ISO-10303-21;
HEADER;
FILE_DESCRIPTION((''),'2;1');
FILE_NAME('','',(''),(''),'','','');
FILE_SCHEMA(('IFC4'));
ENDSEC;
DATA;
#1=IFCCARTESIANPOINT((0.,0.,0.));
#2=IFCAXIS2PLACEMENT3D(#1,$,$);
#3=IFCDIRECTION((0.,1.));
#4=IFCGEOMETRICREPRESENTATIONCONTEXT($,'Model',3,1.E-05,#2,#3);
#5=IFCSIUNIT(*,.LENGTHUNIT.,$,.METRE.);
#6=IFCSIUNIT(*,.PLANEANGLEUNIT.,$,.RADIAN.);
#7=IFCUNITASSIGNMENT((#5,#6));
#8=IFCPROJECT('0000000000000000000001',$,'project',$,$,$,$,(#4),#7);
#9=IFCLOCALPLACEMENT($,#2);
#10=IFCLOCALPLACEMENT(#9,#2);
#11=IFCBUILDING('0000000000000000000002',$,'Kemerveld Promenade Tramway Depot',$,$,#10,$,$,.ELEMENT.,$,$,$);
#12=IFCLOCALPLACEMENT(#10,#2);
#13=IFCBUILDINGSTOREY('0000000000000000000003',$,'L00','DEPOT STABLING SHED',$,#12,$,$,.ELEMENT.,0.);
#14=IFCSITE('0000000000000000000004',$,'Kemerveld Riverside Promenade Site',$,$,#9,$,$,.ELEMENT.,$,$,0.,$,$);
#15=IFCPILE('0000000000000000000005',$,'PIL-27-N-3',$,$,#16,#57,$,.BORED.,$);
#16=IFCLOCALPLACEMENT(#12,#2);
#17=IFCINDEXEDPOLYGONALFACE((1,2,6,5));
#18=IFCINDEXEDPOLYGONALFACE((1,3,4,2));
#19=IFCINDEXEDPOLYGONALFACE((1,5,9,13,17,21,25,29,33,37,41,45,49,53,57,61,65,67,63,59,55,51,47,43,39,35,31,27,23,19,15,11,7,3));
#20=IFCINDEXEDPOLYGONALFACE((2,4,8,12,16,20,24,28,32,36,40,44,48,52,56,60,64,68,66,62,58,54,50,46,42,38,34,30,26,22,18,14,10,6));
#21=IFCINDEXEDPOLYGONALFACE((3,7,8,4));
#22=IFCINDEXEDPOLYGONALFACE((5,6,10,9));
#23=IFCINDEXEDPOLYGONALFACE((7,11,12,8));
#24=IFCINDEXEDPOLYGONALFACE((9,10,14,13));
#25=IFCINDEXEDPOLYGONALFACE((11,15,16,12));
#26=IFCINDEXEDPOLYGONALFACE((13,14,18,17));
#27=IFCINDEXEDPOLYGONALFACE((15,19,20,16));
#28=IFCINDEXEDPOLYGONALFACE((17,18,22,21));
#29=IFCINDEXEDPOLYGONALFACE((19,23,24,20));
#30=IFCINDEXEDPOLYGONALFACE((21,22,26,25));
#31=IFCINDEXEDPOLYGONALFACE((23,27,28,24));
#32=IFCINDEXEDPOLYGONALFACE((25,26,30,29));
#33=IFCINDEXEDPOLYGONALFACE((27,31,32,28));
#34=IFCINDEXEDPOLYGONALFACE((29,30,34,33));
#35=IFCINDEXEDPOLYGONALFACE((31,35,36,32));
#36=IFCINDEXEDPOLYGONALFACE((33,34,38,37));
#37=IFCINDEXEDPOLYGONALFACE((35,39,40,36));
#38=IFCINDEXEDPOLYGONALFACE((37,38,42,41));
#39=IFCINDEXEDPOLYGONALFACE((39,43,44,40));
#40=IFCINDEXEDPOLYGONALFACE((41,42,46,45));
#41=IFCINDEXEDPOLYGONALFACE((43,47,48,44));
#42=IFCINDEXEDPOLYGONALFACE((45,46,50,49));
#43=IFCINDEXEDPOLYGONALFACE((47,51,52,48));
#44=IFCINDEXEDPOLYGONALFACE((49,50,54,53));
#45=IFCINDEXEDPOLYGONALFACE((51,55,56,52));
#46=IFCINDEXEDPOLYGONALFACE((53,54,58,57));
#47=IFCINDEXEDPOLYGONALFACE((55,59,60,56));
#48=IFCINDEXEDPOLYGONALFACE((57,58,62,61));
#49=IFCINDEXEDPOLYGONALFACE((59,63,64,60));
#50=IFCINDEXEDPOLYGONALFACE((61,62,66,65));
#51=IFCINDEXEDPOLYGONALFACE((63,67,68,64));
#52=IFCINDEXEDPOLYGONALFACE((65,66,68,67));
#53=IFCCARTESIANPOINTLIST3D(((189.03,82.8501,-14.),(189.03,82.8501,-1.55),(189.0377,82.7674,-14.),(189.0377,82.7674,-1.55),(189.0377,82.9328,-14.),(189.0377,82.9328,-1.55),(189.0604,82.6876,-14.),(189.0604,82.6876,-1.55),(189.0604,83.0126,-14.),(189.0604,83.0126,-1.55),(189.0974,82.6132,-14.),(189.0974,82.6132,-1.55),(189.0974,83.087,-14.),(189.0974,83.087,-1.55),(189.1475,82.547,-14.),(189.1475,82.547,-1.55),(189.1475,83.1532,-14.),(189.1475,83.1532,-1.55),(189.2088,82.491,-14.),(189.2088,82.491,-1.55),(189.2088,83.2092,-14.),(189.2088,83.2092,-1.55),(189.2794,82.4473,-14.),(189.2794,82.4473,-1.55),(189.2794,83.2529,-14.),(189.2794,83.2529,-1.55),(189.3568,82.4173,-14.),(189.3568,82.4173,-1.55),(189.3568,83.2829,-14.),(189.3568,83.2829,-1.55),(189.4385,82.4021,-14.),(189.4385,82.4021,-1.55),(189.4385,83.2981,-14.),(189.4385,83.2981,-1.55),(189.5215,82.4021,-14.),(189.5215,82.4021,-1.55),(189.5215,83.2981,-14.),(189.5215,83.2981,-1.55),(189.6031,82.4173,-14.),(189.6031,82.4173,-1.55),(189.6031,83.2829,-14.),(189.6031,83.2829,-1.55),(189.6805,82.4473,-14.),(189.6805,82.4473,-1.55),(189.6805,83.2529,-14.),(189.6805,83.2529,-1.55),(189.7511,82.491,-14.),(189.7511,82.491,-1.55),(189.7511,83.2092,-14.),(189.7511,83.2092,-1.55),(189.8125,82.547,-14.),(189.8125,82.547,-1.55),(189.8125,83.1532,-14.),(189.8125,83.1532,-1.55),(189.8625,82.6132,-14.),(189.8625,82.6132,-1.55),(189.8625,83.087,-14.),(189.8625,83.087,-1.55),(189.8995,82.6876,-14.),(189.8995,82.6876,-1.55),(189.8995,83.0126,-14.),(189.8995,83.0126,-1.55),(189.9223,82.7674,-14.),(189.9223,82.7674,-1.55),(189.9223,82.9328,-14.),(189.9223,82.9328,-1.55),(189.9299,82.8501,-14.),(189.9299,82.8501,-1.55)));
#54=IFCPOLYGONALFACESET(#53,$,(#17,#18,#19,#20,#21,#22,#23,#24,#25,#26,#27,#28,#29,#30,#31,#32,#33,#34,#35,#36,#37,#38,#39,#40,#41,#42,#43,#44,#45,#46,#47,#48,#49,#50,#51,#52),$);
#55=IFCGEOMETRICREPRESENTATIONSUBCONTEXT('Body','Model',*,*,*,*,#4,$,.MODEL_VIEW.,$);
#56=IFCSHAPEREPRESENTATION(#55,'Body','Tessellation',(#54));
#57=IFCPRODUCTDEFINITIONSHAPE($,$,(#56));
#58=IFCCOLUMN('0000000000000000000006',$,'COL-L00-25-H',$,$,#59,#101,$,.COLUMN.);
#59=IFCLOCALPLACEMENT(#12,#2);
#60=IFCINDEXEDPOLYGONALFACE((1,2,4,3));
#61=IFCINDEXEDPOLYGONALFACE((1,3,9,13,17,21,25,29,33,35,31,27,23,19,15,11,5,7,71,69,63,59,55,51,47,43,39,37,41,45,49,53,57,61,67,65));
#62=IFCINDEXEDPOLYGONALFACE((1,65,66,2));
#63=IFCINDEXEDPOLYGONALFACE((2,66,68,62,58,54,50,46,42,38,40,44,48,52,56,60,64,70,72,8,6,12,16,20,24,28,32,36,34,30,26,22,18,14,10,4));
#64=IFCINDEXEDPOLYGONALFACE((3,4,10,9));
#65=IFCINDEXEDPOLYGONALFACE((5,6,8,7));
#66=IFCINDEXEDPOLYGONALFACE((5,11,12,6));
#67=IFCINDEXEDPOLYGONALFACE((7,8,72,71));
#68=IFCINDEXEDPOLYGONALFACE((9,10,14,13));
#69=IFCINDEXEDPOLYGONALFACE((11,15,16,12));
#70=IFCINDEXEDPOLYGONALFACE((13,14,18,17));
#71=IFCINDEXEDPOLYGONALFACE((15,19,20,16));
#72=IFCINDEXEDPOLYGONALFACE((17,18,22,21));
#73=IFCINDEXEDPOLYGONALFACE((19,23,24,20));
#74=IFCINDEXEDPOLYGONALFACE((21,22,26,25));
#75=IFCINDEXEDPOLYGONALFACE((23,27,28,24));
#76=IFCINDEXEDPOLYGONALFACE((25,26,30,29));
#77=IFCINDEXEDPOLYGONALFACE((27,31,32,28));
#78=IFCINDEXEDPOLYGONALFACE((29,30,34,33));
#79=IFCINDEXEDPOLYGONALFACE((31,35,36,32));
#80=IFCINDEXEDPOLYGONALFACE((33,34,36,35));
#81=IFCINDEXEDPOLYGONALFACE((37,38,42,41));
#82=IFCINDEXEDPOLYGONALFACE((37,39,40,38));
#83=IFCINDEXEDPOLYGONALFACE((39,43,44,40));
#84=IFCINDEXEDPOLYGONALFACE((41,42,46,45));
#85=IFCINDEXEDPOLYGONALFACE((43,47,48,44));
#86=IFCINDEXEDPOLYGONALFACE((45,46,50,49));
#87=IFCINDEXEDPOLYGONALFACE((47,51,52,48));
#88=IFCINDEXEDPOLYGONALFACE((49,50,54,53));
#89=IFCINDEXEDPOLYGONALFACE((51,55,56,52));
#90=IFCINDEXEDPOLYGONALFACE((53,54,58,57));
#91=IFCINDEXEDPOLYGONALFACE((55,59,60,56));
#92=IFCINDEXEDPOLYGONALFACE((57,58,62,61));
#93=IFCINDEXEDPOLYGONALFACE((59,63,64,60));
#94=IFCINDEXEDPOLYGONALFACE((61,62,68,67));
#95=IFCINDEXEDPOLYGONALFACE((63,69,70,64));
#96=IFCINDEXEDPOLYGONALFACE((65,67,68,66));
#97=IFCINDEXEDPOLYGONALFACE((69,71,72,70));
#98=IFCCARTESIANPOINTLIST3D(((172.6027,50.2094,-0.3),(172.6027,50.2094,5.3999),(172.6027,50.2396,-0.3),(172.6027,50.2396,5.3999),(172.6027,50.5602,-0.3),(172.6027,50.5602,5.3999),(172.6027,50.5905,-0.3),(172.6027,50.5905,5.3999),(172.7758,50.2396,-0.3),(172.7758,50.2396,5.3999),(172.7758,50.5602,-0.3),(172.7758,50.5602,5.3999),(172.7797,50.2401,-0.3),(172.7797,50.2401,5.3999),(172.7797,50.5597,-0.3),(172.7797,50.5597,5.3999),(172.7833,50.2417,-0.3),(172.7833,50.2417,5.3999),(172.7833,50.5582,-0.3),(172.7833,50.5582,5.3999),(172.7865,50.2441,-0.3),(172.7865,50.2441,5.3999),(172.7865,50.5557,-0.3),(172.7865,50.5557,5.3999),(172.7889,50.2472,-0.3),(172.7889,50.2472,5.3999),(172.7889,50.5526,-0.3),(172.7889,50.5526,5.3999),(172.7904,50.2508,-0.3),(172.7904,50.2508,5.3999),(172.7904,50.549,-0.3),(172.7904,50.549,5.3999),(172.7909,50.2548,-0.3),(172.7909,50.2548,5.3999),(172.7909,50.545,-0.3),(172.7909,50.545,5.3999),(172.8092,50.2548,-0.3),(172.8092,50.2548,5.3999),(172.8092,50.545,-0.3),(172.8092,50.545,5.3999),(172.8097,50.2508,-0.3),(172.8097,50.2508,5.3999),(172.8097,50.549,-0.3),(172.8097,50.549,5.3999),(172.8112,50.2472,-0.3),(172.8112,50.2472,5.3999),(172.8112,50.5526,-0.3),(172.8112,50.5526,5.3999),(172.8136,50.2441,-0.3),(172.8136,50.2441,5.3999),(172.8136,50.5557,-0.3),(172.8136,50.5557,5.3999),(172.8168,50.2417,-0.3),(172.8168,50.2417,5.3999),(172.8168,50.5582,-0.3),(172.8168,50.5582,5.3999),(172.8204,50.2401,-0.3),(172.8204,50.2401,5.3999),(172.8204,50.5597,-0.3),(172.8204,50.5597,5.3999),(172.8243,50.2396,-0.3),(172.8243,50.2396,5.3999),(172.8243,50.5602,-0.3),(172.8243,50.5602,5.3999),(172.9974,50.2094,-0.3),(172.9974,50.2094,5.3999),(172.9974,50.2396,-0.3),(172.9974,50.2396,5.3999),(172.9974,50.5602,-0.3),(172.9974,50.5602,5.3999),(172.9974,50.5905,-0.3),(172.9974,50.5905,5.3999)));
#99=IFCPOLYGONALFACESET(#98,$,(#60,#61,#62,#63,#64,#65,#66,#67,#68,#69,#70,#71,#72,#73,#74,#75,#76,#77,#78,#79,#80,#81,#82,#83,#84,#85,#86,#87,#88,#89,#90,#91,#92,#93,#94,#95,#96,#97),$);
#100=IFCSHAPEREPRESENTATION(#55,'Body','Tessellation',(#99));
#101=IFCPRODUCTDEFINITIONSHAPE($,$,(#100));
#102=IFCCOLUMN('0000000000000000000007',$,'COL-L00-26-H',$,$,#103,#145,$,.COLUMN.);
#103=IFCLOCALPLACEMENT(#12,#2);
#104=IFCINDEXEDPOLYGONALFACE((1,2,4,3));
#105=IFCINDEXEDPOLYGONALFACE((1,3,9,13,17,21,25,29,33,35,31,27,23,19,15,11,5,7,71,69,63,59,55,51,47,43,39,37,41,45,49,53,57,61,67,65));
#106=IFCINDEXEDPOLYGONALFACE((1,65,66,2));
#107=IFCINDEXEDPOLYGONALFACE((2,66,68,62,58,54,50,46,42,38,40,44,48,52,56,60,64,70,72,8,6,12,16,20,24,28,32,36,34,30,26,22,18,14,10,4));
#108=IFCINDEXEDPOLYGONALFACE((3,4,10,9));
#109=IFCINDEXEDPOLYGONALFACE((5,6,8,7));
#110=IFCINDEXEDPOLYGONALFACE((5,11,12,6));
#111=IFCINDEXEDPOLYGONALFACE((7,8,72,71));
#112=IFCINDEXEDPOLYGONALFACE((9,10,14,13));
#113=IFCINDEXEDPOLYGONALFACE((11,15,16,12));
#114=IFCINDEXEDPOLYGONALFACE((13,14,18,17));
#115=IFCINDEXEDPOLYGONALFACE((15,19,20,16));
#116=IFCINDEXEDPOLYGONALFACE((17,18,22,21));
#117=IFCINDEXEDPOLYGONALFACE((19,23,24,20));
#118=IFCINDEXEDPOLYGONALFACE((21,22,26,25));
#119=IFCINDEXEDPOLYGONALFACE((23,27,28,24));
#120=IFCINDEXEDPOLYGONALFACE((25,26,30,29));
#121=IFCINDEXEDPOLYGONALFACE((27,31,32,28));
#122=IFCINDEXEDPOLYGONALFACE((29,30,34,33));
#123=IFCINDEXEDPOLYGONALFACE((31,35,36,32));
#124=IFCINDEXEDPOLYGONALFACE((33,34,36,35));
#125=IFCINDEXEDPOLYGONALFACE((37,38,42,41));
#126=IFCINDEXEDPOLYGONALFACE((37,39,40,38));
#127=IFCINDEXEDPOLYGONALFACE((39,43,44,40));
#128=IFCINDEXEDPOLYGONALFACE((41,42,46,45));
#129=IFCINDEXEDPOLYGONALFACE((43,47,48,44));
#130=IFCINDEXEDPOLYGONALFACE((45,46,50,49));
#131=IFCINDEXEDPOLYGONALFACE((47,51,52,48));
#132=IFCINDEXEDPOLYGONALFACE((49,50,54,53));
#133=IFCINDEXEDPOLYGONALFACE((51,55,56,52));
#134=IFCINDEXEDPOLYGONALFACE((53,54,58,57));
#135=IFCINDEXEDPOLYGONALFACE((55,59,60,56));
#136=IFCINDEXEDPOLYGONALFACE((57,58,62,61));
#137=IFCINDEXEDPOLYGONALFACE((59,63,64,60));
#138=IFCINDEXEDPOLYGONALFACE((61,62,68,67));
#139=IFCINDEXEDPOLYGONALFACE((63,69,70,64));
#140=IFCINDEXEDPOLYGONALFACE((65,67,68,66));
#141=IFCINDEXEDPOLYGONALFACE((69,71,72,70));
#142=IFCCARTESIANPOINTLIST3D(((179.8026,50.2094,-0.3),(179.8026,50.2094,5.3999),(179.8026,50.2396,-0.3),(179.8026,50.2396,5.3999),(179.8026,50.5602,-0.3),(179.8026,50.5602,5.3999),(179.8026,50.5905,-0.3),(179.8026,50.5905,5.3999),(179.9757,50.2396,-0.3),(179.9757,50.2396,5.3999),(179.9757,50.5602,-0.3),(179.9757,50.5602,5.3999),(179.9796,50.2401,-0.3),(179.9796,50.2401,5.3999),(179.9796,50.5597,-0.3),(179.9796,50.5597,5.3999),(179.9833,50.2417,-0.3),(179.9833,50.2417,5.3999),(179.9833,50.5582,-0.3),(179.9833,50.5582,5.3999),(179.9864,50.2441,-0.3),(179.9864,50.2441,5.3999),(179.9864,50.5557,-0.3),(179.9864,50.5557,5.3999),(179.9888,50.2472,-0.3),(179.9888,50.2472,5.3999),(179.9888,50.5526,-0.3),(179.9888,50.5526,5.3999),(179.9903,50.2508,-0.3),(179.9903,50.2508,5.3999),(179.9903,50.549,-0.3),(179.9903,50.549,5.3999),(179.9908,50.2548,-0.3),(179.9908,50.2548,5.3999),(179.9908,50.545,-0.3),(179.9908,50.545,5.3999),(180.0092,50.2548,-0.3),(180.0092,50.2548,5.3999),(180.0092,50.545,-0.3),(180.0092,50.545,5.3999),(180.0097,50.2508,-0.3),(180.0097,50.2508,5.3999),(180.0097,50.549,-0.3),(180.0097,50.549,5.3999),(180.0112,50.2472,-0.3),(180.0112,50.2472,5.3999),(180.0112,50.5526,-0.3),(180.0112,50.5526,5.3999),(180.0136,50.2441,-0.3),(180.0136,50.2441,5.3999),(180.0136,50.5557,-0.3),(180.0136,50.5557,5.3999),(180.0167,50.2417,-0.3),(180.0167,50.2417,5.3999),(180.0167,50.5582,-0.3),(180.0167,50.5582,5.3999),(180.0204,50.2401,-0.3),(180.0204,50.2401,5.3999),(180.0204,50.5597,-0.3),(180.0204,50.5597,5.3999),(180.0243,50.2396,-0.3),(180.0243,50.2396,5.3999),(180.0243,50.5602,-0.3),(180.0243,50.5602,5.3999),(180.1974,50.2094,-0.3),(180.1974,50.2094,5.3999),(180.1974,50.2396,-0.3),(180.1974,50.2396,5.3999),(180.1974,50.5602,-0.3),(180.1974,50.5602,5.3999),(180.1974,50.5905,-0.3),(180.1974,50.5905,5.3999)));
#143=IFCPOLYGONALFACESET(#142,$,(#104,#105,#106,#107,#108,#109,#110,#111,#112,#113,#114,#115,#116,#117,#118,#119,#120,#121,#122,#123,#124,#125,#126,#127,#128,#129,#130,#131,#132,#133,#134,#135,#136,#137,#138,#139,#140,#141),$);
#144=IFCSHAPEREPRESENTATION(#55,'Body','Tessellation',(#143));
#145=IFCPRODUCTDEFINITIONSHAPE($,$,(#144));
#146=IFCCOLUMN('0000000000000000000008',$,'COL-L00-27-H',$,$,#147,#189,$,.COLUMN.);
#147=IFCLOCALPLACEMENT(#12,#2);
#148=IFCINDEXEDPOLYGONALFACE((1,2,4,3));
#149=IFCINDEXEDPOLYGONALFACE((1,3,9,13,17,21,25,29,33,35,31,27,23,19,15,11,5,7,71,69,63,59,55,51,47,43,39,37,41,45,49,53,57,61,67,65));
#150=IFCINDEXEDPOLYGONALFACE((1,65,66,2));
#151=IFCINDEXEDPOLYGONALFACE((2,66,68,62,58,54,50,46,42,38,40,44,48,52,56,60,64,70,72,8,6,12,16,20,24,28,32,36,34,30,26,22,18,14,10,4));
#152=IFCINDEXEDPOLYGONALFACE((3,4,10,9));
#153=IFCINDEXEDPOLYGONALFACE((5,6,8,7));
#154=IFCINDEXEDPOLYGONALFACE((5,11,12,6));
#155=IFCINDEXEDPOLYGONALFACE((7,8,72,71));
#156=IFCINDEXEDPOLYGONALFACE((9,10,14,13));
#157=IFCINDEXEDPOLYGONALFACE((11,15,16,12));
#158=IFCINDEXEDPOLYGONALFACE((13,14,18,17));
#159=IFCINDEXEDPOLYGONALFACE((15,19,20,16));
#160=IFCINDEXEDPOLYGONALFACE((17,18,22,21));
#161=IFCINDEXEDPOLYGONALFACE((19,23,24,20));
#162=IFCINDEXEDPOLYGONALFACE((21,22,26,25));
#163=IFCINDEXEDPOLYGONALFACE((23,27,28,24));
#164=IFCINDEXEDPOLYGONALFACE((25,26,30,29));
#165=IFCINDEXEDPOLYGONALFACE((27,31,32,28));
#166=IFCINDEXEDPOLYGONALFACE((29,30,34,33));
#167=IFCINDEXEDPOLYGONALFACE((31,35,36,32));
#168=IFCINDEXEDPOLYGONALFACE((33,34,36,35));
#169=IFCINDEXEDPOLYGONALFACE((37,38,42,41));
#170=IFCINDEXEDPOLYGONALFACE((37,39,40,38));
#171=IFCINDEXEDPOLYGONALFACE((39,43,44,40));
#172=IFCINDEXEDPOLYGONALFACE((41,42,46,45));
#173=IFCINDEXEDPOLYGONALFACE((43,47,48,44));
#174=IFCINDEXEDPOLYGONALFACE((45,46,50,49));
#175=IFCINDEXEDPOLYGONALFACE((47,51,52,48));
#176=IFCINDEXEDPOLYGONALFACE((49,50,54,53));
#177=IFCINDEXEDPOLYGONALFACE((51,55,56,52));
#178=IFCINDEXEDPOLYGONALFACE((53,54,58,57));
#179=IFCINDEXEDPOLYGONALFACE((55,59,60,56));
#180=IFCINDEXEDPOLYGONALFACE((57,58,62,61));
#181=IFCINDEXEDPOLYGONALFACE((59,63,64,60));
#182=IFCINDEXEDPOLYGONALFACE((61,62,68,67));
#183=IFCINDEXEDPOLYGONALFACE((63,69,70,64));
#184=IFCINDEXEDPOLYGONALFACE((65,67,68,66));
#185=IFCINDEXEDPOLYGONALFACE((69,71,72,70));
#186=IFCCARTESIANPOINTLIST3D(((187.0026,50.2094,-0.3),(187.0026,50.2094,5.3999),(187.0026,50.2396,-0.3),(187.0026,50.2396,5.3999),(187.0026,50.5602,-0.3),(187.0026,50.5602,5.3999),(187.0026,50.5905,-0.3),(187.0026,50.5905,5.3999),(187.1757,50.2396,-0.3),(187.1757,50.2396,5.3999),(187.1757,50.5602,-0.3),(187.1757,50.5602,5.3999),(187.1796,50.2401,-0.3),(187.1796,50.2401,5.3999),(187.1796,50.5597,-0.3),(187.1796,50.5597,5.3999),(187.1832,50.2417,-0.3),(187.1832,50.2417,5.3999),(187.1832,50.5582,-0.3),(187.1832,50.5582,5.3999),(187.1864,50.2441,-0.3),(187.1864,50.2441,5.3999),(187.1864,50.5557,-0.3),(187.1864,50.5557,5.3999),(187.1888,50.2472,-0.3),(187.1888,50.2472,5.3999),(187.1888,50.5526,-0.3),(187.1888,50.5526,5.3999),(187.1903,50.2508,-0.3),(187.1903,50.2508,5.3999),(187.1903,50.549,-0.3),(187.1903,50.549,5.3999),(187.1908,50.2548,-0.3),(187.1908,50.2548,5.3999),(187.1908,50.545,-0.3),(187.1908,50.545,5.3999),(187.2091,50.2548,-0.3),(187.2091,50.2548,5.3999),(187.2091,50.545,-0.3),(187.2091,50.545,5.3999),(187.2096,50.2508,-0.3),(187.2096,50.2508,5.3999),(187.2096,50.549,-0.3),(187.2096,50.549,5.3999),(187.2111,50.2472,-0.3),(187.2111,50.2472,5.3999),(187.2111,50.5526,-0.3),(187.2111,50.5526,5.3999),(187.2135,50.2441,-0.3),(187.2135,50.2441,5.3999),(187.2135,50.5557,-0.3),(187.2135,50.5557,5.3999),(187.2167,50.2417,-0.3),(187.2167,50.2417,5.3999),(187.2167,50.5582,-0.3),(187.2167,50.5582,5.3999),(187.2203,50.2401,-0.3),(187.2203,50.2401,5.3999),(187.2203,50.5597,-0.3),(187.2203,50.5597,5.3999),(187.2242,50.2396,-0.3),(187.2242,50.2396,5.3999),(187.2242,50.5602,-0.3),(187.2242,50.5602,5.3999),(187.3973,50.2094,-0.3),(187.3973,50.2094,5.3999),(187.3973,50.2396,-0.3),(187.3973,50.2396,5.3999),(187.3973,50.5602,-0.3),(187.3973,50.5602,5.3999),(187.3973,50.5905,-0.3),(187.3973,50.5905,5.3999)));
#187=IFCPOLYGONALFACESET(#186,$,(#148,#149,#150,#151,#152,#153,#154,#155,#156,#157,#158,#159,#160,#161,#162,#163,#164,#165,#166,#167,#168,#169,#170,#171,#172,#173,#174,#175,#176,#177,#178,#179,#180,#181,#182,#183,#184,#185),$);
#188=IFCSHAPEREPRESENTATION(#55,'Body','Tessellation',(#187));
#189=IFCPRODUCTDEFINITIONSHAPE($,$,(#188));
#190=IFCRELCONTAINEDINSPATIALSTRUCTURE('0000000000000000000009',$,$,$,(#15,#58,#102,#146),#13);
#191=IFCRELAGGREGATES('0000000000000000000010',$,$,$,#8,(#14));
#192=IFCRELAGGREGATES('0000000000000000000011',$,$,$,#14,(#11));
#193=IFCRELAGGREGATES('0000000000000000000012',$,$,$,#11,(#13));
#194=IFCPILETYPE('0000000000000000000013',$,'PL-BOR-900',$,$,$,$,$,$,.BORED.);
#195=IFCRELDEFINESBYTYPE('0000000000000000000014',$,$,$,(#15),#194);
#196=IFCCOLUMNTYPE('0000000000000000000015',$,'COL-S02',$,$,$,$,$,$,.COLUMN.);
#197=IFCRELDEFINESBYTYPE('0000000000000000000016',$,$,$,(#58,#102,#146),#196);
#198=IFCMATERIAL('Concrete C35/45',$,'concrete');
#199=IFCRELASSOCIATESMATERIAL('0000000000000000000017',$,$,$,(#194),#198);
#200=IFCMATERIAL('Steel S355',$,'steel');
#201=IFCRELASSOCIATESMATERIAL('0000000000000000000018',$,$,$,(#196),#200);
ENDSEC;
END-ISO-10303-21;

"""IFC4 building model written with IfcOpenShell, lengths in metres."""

from ifc_helpers import new_model, si_unit, direction, frame, origin, origin_2d, place, context, subcontext, project, spatial, circle, i_section, extrude, material, material_profile, profile_set, type_object, element, save


model = new_model("IFC4")

# Units and contexts
model_context = context("Model", 3, precision=1e-05, world=origin(), true_north=direction((0.0, 1.0)))
body_context = subcontext(model_context, "Body", "Model", "MODEL_VIEW")
ifc_project = project(units=[si_unit("LENGTHUNIT", "METRE"), si_unit("PLANEANGLEUNIT", "RADIAN")], contexts=[model_context])

# Site, building, storey
site_placement = place(None, origin())
site = spatial("IfcSite", under=ifc_project, at=site_placement, Name="Kemerveld Riverside Promenade Site", CompositionType="ELEMENT", RefElevation=0.0)
building_placement = place(site_placement, origin())
building = spatial("IfcBuilding", under=site, at=building_placement, Name="Kemerveld Promenade Tramway Depot", CompositionType="ELEMENT")
storey_placement = place(building_placement, origin())
storey = spatial("IfcBuildingStorey", under=building, at=storey_placement, Name="L00", Description="DEPOT STABLING SHED", CompositionType="ELEMENT", Elevation=0.0)

# Shared definitions
ifc_material_1 = material(Name="Concrete C35/45", Category="concrete")

# Pile
ifc_material_profile_1 = material_profile(ifc_material_1, circle(Radius=0.45, at=origin_2d()), Name="PILE-D900")
ifc_profile_set_1 = profile_set([ifc_material_profile_1], Name="Concrete C35/45")
pile_type_1 = type_object("IfcPileType", Name="PL-BOR-900", PredefinedType="BORED", material=ifc_profile_set_1)
for number, where, z_axis, x_axis, name in (
    (1, (189.48, 82.8501, -1.55), (0.0, 0.0, -1.0), (1.0, 0.0, 0.0), "PIL-27-N-3"),
):
    element("IfcPile", number, at=place(storey_placement, frame(where, z_axis=z_axis, x_axis=x_axis)), inside=storey, type_object=pile_type_1, Name=name, PredefinedType="BORED", context=body_context, shape_type="SweptSolid", body=[
        extrude(circle(Radius=0.45, at=origin_2d()), origin(), (0.0, 0.0, 1.0), 12.45),
    ])

# Columns
ifc_material_2 = material(Name="Steel S355", Category="steel")
ifc_material_profile_2 = material_profile(ifc_material_2, i_section(OverallWidth=0.3948, OverallDepth=0.3811, WebThickness=0.0183, FlangeThickness=0.0303, FilletRadius=0.0151, at=origin_2d()), Name="356x406x235 UC")
ifc_profile_set_2 = profile_set([ifc_material_profile_2], Name="Steel S355")
column_type = type_object("IfcColumnType", Name="COL-S02", PredefinedType="COLUMN", material=ifc_profile_set_2)
for number, where, z_axis, x_axis, name in (
    (2, (172.8, 50.3999, -0.3), (0.0, 0.0, 1.0), (1.0, 0.0, 0.0), "COL-L00-25-H"),
    (3, (180.0, 50.3999, -0.3), (0.0, 0.0, 1.0), (1.0, 0.0, 0.0), "COL-L00-26-H"),
    (4, (187.2, 50.3999, -0.3), (0.0, 0.0, 1.0), (1.0, 0.0, 0.0), "COL-L00-27-H"),
):
    element("IfcColumn", number, at=place(storey_placement, frame(where, z_axis=z_axis, x_axis=x_axis)), inside=storey, type_object=column_type, Name=name, PredefinedType="COLUMN", context=body_context, shape_type="SweptSolid", body=[
        extrude(i_section(OverallWidth=0.3948, OverallDepth=0.3811, WebThickness=0.0183, FlangeThickness=0.0303, FilletRadius=0.0151, at=origin_2d()), origin(), (0.0, 0.0, 1.0), 5.7),
    ])

save(model, "model.ifc")
